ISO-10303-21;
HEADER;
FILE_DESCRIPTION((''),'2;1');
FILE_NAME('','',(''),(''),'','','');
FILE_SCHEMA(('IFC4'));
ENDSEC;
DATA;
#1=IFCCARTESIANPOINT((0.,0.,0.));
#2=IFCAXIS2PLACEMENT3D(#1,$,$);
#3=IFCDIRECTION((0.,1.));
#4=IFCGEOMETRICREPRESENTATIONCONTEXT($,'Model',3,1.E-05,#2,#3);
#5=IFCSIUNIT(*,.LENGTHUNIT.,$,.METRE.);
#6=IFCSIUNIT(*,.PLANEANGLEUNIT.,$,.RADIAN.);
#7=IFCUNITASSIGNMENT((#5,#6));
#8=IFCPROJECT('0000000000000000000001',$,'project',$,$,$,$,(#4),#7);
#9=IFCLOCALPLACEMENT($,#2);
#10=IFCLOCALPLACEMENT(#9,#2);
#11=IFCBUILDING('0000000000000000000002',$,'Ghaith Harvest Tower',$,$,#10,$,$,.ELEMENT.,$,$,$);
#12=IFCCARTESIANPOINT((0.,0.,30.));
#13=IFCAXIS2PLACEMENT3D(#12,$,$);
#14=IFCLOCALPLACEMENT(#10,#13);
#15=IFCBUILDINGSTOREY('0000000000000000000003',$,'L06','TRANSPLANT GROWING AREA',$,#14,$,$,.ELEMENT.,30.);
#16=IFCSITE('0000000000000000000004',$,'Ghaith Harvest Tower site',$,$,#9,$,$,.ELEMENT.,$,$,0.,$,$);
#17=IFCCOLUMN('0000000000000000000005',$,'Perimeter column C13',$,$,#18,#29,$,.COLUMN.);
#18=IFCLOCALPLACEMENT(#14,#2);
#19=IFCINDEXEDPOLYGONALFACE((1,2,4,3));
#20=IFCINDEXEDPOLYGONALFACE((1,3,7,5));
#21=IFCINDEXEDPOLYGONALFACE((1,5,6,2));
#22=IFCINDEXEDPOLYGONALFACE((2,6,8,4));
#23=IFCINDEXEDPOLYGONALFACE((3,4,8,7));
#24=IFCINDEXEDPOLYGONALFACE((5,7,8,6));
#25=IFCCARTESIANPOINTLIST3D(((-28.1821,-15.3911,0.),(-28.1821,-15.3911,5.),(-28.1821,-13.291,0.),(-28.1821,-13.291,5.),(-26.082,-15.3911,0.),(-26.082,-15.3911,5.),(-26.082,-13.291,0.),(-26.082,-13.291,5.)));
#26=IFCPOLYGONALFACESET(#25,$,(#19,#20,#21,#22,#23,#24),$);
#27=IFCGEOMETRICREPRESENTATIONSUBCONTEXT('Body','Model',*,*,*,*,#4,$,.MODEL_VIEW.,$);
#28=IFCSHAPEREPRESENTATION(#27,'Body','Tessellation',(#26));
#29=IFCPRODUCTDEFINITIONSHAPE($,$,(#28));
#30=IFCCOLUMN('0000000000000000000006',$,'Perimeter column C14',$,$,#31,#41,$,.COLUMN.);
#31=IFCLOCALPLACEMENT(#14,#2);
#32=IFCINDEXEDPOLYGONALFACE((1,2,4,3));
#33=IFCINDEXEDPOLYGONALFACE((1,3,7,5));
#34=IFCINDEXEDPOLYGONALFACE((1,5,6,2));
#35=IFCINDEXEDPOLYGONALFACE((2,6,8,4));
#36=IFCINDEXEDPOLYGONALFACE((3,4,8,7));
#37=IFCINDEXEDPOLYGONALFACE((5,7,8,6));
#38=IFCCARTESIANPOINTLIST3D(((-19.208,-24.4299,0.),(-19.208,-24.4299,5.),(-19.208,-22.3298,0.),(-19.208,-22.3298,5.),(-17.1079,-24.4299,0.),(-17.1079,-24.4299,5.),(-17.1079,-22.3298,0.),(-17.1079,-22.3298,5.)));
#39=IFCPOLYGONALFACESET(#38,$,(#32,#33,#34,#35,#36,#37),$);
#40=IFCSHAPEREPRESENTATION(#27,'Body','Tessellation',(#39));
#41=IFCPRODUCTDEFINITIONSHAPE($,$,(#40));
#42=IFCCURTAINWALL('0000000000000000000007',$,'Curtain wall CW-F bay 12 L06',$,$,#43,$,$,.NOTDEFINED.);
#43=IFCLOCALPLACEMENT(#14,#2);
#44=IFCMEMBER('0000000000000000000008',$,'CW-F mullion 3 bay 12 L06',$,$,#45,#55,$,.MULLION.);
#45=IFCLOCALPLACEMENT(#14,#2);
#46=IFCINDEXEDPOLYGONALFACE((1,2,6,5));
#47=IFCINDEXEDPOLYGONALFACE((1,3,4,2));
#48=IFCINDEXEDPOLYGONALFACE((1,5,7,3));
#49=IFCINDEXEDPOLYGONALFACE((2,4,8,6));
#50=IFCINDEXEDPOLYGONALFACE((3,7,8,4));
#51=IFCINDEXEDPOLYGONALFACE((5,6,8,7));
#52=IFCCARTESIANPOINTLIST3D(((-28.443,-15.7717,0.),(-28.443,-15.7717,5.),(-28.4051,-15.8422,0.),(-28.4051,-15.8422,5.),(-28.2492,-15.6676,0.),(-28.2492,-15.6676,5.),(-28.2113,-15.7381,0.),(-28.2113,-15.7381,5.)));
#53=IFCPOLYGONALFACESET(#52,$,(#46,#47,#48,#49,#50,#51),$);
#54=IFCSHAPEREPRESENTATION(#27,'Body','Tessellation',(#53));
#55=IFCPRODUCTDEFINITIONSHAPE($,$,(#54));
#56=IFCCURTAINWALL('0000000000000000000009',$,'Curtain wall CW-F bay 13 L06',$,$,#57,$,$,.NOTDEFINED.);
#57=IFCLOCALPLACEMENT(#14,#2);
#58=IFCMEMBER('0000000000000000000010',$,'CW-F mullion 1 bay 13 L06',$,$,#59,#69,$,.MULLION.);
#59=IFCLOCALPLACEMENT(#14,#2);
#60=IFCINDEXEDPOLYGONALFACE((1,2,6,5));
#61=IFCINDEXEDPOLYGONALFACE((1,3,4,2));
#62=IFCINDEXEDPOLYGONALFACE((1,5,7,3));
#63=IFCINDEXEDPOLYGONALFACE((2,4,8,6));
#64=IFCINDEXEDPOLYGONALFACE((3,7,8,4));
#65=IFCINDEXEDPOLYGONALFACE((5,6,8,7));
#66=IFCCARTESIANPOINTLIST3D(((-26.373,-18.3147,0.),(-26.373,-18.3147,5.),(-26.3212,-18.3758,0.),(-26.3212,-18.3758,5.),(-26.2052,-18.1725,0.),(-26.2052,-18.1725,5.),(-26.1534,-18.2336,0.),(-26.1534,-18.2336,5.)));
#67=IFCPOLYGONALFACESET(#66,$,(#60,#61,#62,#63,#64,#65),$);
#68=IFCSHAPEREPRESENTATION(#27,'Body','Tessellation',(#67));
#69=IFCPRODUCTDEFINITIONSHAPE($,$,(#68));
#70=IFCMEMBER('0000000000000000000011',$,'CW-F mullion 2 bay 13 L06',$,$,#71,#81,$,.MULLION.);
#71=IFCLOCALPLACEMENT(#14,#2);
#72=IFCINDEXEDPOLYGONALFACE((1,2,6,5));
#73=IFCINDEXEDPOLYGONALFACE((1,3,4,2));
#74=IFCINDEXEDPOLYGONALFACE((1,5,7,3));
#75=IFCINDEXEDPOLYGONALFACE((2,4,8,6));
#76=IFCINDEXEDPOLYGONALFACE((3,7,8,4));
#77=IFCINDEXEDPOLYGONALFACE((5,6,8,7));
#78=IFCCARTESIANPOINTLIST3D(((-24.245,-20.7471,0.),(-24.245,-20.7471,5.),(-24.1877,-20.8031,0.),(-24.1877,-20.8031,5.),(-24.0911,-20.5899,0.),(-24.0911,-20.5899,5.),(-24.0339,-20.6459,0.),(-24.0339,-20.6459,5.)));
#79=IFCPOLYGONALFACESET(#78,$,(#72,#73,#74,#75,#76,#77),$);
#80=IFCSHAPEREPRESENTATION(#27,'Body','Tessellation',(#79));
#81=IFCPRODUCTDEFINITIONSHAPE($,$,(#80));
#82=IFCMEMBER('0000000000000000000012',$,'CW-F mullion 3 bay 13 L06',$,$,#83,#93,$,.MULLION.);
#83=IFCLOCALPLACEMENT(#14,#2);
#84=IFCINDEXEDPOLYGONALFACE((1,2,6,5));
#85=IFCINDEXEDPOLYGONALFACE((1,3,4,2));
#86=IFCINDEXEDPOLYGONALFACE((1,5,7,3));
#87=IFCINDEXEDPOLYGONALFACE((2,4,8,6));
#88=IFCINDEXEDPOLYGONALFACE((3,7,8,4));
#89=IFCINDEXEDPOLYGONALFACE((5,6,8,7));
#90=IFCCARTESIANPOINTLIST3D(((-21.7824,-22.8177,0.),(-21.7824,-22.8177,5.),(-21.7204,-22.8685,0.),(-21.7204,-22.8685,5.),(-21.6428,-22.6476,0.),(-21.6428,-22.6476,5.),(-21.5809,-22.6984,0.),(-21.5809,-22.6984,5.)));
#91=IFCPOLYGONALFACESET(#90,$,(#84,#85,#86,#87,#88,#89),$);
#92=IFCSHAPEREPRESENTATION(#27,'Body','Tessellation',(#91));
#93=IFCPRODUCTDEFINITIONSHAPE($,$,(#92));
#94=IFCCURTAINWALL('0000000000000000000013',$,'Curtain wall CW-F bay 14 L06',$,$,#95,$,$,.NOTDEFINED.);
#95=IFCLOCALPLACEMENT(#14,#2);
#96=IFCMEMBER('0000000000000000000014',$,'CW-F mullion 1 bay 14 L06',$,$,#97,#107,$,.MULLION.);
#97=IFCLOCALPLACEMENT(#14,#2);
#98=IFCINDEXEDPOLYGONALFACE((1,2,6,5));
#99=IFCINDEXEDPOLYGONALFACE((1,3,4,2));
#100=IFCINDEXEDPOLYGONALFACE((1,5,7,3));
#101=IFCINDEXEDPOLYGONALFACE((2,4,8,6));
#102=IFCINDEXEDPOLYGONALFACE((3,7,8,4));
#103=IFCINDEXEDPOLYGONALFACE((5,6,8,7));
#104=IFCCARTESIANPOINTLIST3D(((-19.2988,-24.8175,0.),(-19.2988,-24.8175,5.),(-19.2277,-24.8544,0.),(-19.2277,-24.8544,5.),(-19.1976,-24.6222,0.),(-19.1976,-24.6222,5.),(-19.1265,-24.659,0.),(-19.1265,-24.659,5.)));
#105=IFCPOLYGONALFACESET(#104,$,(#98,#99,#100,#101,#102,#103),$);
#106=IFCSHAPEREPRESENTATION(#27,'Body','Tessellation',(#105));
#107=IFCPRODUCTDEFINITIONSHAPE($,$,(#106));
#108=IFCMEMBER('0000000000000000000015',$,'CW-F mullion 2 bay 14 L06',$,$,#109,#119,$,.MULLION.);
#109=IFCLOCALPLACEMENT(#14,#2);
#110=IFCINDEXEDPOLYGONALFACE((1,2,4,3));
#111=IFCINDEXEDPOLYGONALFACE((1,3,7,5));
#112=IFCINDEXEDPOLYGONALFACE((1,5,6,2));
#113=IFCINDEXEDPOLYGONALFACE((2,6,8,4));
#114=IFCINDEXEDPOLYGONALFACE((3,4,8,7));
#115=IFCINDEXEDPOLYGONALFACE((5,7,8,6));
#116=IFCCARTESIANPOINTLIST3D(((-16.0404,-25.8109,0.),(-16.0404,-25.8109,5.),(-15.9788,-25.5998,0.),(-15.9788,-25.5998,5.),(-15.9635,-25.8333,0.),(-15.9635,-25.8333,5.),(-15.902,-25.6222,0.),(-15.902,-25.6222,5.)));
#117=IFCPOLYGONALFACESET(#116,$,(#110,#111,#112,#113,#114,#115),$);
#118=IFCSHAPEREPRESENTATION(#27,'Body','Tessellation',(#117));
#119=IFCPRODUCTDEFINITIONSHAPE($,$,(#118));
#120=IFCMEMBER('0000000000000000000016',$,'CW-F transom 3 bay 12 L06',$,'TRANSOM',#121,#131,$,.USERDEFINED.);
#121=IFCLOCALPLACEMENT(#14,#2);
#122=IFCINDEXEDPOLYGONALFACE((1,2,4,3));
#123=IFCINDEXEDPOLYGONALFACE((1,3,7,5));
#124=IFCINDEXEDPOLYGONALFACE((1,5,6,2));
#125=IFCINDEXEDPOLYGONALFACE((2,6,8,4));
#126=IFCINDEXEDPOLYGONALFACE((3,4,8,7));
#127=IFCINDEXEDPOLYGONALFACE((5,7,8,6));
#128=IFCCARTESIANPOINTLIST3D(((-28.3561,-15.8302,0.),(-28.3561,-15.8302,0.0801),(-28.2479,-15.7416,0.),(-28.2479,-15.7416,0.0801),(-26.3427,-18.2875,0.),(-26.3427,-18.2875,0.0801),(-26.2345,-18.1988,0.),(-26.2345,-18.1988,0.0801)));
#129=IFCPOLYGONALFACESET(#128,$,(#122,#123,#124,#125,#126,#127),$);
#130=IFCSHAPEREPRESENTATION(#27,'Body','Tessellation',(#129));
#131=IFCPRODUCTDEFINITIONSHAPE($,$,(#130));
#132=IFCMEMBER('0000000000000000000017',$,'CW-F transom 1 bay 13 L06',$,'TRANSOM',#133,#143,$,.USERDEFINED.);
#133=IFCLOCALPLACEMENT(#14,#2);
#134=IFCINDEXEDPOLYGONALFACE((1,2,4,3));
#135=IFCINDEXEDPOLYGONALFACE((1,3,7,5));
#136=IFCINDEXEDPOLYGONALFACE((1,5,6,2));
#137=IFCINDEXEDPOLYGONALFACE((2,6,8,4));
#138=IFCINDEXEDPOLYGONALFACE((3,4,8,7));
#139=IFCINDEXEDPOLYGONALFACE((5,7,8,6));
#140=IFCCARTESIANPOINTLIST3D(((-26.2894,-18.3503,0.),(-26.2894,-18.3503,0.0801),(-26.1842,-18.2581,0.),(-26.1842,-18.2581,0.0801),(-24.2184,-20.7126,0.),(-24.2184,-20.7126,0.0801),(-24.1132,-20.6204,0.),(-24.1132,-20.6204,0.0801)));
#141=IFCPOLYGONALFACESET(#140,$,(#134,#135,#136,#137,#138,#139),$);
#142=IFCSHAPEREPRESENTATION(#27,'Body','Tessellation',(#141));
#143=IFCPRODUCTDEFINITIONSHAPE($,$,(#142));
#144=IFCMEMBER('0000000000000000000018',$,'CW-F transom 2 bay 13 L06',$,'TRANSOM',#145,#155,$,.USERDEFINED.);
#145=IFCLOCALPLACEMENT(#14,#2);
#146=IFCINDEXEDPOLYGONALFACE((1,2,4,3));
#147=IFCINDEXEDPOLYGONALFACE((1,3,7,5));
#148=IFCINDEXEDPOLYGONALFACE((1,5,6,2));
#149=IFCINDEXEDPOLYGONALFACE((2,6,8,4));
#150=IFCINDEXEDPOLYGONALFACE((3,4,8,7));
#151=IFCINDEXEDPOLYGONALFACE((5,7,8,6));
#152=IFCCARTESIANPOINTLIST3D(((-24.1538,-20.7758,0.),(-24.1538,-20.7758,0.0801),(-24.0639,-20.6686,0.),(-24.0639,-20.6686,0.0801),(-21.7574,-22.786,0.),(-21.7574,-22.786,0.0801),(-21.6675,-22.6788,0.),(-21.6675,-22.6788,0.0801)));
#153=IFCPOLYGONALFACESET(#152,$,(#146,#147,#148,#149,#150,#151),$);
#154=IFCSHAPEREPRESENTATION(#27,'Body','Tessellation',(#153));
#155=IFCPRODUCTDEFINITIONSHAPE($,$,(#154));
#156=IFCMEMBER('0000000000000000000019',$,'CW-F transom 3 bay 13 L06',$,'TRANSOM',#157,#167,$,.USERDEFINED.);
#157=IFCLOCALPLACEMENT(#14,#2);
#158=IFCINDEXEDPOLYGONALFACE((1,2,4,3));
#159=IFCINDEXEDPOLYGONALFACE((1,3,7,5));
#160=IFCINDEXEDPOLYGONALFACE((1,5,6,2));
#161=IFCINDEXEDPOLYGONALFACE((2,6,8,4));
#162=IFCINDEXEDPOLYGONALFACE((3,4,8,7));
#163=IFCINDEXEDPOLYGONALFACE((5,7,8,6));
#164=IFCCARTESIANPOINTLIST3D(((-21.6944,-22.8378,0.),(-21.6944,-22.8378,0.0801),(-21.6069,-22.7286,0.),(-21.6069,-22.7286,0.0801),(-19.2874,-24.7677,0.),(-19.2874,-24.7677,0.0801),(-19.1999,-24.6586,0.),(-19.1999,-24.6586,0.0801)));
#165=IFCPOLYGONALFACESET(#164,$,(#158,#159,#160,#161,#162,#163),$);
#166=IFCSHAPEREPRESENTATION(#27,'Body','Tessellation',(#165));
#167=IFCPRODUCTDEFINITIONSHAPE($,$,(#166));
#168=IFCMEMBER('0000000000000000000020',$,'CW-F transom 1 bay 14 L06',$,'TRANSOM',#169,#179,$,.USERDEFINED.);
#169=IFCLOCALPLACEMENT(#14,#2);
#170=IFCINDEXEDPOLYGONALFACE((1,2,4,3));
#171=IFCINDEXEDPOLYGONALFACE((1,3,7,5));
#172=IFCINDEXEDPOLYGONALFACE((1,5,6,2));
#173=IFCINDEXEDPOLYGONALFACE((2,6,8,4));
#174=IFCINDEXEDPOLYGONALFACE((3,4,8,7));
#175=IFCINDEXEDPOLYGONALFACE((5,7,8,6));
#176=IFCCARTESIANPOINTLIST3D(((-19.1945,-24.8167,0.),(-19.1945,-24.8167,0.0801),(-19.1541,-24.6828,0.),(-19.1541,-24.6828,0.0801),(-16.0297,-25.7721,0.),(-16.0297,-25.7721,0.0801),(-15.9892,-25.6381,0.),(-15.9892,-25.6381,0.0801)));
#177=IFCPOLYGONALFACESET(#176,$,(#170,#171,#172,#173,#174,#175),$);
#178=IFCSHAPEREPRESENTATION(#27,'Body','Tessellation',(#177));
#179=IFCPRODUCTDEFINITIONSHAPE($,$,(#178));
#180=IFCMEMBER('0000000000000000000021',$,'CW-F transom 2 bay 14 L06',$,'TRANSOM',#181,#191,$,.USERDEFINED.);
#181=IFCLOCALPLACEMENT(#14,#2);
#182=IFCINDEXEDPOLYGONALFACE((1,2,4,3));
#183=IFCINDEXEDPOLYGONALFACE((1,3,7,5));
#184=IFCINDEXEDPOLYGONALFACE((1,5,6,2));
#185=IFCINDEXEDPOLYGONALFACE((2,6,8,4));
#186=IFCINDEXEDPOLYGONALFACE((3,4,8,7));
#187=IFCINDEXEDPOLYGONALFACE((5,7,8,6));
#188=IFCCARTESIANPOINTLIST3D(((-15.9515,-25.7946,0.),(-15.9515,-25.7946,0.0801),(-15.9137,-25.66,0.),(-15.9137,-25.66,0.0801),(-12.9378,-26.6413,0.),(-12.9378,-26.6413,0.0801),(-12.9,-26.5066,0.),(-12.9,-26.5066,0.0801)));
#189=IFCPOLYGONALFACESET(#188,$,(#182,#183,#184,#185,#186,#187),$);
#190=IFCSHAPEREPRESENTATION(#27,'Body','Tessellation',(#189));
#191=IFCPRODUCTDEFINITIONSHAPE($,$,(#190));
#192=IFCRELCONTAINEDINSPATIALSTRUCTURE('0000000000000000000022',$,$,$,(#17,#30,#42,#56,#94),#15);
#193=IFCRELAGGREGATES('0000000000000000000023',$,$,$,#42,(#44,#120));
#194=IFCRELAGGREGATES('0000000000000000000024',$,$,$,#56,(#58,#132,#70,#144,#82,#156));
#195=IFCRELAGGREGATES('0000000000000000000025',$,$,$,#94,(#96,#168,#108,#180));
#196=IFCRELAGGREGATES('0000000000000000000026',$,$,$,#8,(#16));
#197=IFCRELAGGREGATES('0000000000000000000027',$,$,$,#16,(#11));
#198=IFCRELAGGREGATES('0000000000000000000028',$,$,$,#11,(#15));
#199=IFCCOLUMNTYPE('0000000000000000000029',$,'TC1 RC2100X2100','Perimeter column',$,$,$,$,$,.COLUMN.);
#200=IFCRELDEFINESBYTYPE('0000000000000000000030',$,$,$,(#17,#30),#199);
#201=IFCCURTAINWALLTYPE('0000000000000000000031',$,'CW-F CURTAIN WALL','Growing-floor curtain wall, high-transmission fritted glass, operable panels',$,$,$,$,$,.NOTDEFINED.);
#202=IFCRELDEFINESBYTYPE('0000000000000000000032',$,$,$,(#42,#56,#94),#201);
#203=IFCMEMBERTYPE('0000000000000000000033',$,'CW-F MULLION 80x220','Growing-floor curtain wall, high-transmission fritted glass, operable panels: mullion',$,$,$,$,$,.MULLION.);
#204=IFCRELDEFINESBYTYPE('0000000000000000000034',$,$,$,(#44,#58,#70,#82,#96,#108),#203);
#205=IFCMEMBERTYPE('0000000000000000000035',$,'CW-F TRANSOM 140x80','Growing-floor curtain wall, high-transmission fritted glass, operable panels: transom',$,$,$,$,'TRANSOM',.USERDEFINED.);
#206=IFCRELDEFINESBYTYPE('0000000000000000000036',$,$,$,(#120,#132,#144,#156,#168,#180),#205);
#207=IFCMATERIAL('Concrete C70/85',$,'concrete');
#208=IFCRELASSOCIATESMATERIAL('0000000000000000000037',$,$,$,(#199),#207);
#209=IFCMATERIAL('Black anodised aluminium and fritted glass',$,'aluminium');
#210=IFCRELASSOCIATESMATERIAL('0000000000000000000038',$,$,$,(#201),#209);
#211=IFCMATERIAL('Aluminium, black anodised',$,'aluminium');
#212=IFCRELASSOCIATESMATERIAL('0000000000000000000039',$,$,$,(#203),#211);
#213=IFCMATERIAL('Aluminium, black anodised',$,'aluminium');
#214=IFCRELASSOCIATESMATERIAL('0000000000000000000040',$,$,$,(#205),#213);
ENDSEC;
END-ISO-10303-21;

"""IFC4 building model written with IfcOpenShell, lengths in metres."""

from ifc_helpers import new_model, si_unit, direction, frame, origin, origin_2d, place, context, subcontext, project, spatial, rectangle, extrude, material, material_profile, profile_set, type_object, element, aggregate, save


model = new_model("IFC4")

# Units and contexts
model_context = context("Model", 3, precision=1e-05, world=origin(), true_north=direction((0.0, 1.0)))
body_context = subcontext(model_context, "Body", "Model", "MODEL_VIEW")
ifc_project = project(units=[si_unit("LENGTHUNIT", "METRE"), si_unit("PLANEANGLEUNIT", "RADIAN")], contexts=[model_context])

# Site, building, storey
site_placement = place(None, origin())
site = spatial("IfcSite", under=ifc_project, at=site_placement, Name="Ghaith Harvest Tower site", CompositionType="ELEMENT", RefElevation=0.0)
building_placement = place(site_placement, origin())
building = spatial("IfcBuilding", under=site, at=building_placement, Name="Ghaith Harvest Tower", CompositionType="ELEMENT")
storey_placement = place(building_placement, frame((0.0, 0.0, 30.0)))
storey = spatial("IfcBuildingStorey", under=building, at=storey_placement, Name="L06", Description="TRANSPLANT GROWING AREA", CompositionType="ELEMENT", Elevation=30.0)

# Columns
ifc_material_1 = material(Name="Concrete C70/85", Category="concrete")
ifc_material_profile_1 = material_profile(ifc_material_1, rectangle(XDim=2.1001, YDim=2.1001, at=origin_2d()), Name="RC2100X2100")
ifc_profile_set_1 = profile_set([ifc_material_profile_1], Name="Concrete C70/85")
column_type = type_object("IfcColumnType", Name="TC1 RC2100X2100", Description="Perimeter column", PredefinedType="COLUMN", material=ifc_profile_set_1)
for number, where, z_axis, x_axis, name in (
    (1, (-27.1321, -14.3411, 0.0), (0.0, 0.0, 1.0), (1.0, 0.0, 0.0), "Perimeter column C13"),
    (2, (-18.158, -23.3799, 0.0), (0.0, 0.0, 1.0), (1.0, 0.0, 0.0), "Perimeter column C14"),
):
    element("IfcColumn", number, at=place(storey_placement, frame(where, z_axis=z_axis, x_axis=x_axis)), inside=storey, type_object=column_type, Name=name, PredefinedType="COLUMN", context=body_context, shape_type="SweptSolid", body=[
        extrude(rectangle(XDim=2.1001, YDim=2.1001, at=origin_2d()), origin(), (0.0, 0.0, 1.0), 5.0),
    ])

# Curtain wall, member
ifc_material_2 = material(Name="Black anodised aluminium and fritted glass", Category="aluminium")
curtain_wall_type = type_object("IfcCurtainWallType", Name="CW-F CURTAIN WALL", Description="Growing-floor curtain wall, high-transmission fritted glass, operable panels", PredefinedType="NOTDEFINED", material=ifc_material_2)
curtain_wall_1_placement = place(storey_placement, origin())
curtain_wall_1 = element("IfcCurtainWall", 3, at=curtain_wall_1_placement, inside=storey, type_object=curtain_wall_type, Name="Curtain wall CW-F bay 12 L06", PredefinedType="NOTDEFINED")
ifc_material_3 = material(Name="Aluminium, black anodised", Category="aluminium")
ifc_material_profile_2 = material_profile(ifc_material_3, rectangle(XDim=0.0801, YDim=0.22, at=origin_2d()), Name="CW-F MULLION 80x220")
ifc_profile_set_2 = profile_set([ifc_material_profile_2], Name="Aluminium, black anodised")
member_type_1 = type_object("IfcMemberType", Name="CW-F MULLION 80x220", Description="Growing-floor curtain wall, high-transmission fritted glass, operable panels: mullion", PredefinedType="MULLION", material=ifc_profile_set_2)
member_1_placement = place(storey_placement, frame((-28.3271, -15.7549, 0.0), z_axis=(0.0, 0.0, 1.0), x_axis=(0.473265, -0.88092, 0.0)))
member_1 = element("IfcMember", 4, at=member_1_placement, type_object=member_type_1, Name="CW-F mullion 3 bay 12 L06", PredefinedType="MULLION", context=body_context, shape_type="SweptSolid", body=[
    extrude(rectangle(XDim=0.0801, YDim=0.22, at=origin_2d()), origin(), (0.0, 0.0, 1.0), 5.0),
])

# Curtain walls, members
curtain_wall_2_placement = place(storey_placement, origin())
curtain_wall_2 = element("IfcCurtainWall", 5, at=curtain_wall_2_placement, inside=storey, type_object=curtain_wall_type, Name="Curtain wall CW-F bay 13 L06", PredefinedType="NOTDEFINED")
member_2_placement = place(storey_placement, frame((-26.2632, -18.2742, 0.0), z_axis=(0.0, 0.0, 1.0), x_axis=(0.646524, -0.762894, 0.0)))
member_2 = element("IfcMember", 6, at=member_2_placement, type_object=member_type_1, Name="CW-F mullion 1 bay 13 L06", PredefinedType="MULLION", context=body_context, shape_type="SweptSolid", body=[
    extrude(rectangle(XDim=0.0801, YDim=0.22, at=origin_2d()), origin(), (0.0, 0.0, 1.0), 5.0),
])
member_3_placement = place(storey_placement, frame((-24.1394, -20.6965, 0.0), z_axis=(0.0, 0.0, 1.0), x_axis=(0.714663, -0.699469, 0.0)))
member_3 = element("IfcMember", 7, at=member_3_placement, type_object=member_type_1, Name="CW-F mullion 2 bay 13 L06", PredefinedType="MULLION", context=body_context, shape_type="SweptSolid", body=[
    extrude(rectangle(XDim=0.0801, YDim=0.22, at=origin_2d()), origin(), (0.0, 0.0, 1.0), 5.0),
])
member_4_placement = place(storey_placement, frame((-21.6816, -22.7581, 0.0), z_axis=(0.0, 0.0, 1.0), x_axis=(0.773139, -0.634237, 0.0)))
member_4 = element("IfcMember", 8, at=member_4_placement, type_object=member_type_1, Name="CW-F mullion 3 bay 13 L06", PredefinedType="MULLION", context=body_context, shape_type="SweptSolid", body=[
    extrude(rectangle(XDim=0.0801, YDim=0.22, at=origin_2d()), origin(), (0.0, 0.0, 1.0), 5.0),
])
curtain_wall_3_placement = place(storey_placement, origin())
curtain_wall_3 = element("IfcCurtainWall", 9, at=curtain_wall_3_placement, inside=storey, type_object=curtain_wall_type, Name="Curtain wall CW-F bay 14 L06", PredefinedType="NOTDEFINED")
member_5_placement = place(storey_placement, frame((-19.2126, -24.7383, 0.0), z_axis=(0.0, 0.0, 1.0), x_axis=(0.887912, -0.460013, 0.0)))
member_5 = element("IfcMember", 10, at=member_5_placement, type_object=member_type_1, Name="CW-F mullion 1 bay 14 L06", PredefinedType="MULLION", context=body_context, shape_type="SweptSolid", body=[
    extrude(rectangle(XDim=0.0801, YDim=0.22, at=origin_2d()), origin(), (0.0, 0.0, 1.0), 5.0),
])
member_6_placement = place(storey_placement, frame((-15.9712, -25.7166, 0.0), z_axis=(0.0, 0.0, 1.0), x_axis=(0.960009, -0.27997, 0.0)))
member_6 = element("IfcMember", 11, at=member_6_placement, type_object=member_type_1, Name="CW-F mullion 2 bay 14 L06", PredefinedType="MULLION", context=body_context, shape_type="SweptSolid", body=[
    extrude(rectangle(XDim=0.0801, YDim=0.22, at=origin_2d()), origin(), (0.0, 0.0, 1.0), 5.0),
])

# Members
ifc_material_4 = material(Name="Aluminium, black anodised", Category="aluminium")
ifc_material_profile_3 = material_profile(ifc_material_4, rectangle(XDim=0.1399, YDim=0.0801, at=origin_2d()), Name="CW-F TRANSOM 140x80")
ifc_profile_set_3 = profile_set([ifc_material_profile_3], Name="Aluminium, black anodised")
member_type_2 = type_object("IfcMemberType", Name="CW-F TRANSOM 140x80", Description="Growing-floor curtain wall, high-transmission fritted glass, operable panels: transom", ElementType="TRANSOM", PredefinedType="USERDEFINED", material=ifc_profile_set_3)
member_7_placement = place(storey_placement, frame((-28.302, -15.7859, 0.04), z_axis=(0.63379, -0.773505, 0.0), x_axis=(0.773505, 0.63379, 0.0)))
member_7 = element("IfcMember", 12, at=member_7_placement, type_object=member_type_2, Name="CW-F transom 3 bay 12 L06", ObjectType="TRANSOM", PredefinedType="USERDEFINED", context=body_context, shape_type="SweptSolid", body=[
    extrude(rectangle(XDim=0.1399, YDim=0.0801, at=origin_2d()), origin(), (0.0, 0.0, 1.0), 3.1768),
])
member_8_placement = place(storey_placement, frame((-26.2368, -18.3042, 0.04), z_axis=(0.659231, -0.751941, 0.0), x_axis=(0.751941, 0.659231, 0.0)))
member_8 = element("IfcMember", 13, at=member_8_placement, type_object=member_type_2, Name="CW-F transom 1 bay 13 L06", ObjectType="TRANSOM", PredefinedType="USERDEFINED", context=body_context, shape_type="SweptSolid", body=[
    extrude(rectangle(XDim=0.1399, YDim=0.0801, at=origin_2d()), origin(), (0.0, 0.0, 1.0), 3.1416),
])
member_9_placement = place(storey_placement, frame((-24.1089, -20.7222, 0.04), z_axis=(0.766144, -0.642668, 0.0), x_axis=(0.642668, 0.766144, 0.0)))
member_9 = element("IfcMember", 14, at=member_9_placement, type_object=member_type_2, Name="CW-F transom 2 bay 13 L06", ObjectType="TRANSOM", PredefinedType="USERDEFINED", context=body_context, shape_type="SweptSolid", body=[
    extrude(rectangle(XDim=0.1399, YDim=0.0801, at=origin_2d()), origin(), (0.0, 0.0, 1.0), 3.1279),
])
member_10_placement = place(storey_placement, frame((-21.6506, -22.7832, 0.04), z_axis=(0.780181, -0.625554, 0.0), x_axis=(0.625554, 0.780181, 0.0)))
member_10 = element("IfcMember", 15, at=member_10_placement, type_object=member_type_2, Name="CW-F transom 3 bay 13 L06", ObjectType="TRANSOM", PredefinedType="USERDEFINED", context=body_context, shape_type="SweptSolid", body=[
    extrude(rectangle(XDim=0.1399, YDim=0.0801, at=origin_2d()), origin(), (0.0, 0.0, 1.0), 3.0852),
])
member_11_placement = place(storey_placement, frame((-19.1743, -24.7498, 0.04), z_axis=(0.957335, -0.28898, 0.0), x_axis=(0.28898, 0.957335, 0.0)))
member_11 = element("IfcMember", 16, at=member_11_placement, type_object=member_type_2, Name="CW-F transom 1 bay 14 L06", ObjectType="TRANSOM", PredefinedType="USERDEFINED", context=body_context, shape_type="SweptSolid", body=[
    extrude(rectangle(XDim=0.1399, YDim=0.0801, at=origin_2d()), origin(), (0.0, 0.0, 1.0), 3.3059),
])
member_12_placement = place(storey_placement, frame((-15.9326, -25.7273, 0.04), z_axis=(0.962727, -0.270475, 0.0), x_axis=(0.270475, 0.962727, 0.0)))
member_12 = element("IfcMember", 17, at=member_12_placement, type_object=member_type_2, Name="CW-F transom 2 bay 14 L06", ObjectType="TRANSOM", PredefinedType="USERDEFINED", context=body_context, shape_type="SweptSolid", body=[
    extrude(rectangle(XDim=0.1399, YDim=0.0801, at=origin_2d()), origin(), (0.0, 0.0, 1.0), 3.1304),
])

aggregate(curtain_wall_1, [member_1, member_7])
aggregate(curtain_wall_2, [member_2, member_8, member_3, member_9, member_4, member_10])
aggregate(curtain_wall_3, [member_5, member_11, member_6, member_12])

save(model, "model.ifc")
